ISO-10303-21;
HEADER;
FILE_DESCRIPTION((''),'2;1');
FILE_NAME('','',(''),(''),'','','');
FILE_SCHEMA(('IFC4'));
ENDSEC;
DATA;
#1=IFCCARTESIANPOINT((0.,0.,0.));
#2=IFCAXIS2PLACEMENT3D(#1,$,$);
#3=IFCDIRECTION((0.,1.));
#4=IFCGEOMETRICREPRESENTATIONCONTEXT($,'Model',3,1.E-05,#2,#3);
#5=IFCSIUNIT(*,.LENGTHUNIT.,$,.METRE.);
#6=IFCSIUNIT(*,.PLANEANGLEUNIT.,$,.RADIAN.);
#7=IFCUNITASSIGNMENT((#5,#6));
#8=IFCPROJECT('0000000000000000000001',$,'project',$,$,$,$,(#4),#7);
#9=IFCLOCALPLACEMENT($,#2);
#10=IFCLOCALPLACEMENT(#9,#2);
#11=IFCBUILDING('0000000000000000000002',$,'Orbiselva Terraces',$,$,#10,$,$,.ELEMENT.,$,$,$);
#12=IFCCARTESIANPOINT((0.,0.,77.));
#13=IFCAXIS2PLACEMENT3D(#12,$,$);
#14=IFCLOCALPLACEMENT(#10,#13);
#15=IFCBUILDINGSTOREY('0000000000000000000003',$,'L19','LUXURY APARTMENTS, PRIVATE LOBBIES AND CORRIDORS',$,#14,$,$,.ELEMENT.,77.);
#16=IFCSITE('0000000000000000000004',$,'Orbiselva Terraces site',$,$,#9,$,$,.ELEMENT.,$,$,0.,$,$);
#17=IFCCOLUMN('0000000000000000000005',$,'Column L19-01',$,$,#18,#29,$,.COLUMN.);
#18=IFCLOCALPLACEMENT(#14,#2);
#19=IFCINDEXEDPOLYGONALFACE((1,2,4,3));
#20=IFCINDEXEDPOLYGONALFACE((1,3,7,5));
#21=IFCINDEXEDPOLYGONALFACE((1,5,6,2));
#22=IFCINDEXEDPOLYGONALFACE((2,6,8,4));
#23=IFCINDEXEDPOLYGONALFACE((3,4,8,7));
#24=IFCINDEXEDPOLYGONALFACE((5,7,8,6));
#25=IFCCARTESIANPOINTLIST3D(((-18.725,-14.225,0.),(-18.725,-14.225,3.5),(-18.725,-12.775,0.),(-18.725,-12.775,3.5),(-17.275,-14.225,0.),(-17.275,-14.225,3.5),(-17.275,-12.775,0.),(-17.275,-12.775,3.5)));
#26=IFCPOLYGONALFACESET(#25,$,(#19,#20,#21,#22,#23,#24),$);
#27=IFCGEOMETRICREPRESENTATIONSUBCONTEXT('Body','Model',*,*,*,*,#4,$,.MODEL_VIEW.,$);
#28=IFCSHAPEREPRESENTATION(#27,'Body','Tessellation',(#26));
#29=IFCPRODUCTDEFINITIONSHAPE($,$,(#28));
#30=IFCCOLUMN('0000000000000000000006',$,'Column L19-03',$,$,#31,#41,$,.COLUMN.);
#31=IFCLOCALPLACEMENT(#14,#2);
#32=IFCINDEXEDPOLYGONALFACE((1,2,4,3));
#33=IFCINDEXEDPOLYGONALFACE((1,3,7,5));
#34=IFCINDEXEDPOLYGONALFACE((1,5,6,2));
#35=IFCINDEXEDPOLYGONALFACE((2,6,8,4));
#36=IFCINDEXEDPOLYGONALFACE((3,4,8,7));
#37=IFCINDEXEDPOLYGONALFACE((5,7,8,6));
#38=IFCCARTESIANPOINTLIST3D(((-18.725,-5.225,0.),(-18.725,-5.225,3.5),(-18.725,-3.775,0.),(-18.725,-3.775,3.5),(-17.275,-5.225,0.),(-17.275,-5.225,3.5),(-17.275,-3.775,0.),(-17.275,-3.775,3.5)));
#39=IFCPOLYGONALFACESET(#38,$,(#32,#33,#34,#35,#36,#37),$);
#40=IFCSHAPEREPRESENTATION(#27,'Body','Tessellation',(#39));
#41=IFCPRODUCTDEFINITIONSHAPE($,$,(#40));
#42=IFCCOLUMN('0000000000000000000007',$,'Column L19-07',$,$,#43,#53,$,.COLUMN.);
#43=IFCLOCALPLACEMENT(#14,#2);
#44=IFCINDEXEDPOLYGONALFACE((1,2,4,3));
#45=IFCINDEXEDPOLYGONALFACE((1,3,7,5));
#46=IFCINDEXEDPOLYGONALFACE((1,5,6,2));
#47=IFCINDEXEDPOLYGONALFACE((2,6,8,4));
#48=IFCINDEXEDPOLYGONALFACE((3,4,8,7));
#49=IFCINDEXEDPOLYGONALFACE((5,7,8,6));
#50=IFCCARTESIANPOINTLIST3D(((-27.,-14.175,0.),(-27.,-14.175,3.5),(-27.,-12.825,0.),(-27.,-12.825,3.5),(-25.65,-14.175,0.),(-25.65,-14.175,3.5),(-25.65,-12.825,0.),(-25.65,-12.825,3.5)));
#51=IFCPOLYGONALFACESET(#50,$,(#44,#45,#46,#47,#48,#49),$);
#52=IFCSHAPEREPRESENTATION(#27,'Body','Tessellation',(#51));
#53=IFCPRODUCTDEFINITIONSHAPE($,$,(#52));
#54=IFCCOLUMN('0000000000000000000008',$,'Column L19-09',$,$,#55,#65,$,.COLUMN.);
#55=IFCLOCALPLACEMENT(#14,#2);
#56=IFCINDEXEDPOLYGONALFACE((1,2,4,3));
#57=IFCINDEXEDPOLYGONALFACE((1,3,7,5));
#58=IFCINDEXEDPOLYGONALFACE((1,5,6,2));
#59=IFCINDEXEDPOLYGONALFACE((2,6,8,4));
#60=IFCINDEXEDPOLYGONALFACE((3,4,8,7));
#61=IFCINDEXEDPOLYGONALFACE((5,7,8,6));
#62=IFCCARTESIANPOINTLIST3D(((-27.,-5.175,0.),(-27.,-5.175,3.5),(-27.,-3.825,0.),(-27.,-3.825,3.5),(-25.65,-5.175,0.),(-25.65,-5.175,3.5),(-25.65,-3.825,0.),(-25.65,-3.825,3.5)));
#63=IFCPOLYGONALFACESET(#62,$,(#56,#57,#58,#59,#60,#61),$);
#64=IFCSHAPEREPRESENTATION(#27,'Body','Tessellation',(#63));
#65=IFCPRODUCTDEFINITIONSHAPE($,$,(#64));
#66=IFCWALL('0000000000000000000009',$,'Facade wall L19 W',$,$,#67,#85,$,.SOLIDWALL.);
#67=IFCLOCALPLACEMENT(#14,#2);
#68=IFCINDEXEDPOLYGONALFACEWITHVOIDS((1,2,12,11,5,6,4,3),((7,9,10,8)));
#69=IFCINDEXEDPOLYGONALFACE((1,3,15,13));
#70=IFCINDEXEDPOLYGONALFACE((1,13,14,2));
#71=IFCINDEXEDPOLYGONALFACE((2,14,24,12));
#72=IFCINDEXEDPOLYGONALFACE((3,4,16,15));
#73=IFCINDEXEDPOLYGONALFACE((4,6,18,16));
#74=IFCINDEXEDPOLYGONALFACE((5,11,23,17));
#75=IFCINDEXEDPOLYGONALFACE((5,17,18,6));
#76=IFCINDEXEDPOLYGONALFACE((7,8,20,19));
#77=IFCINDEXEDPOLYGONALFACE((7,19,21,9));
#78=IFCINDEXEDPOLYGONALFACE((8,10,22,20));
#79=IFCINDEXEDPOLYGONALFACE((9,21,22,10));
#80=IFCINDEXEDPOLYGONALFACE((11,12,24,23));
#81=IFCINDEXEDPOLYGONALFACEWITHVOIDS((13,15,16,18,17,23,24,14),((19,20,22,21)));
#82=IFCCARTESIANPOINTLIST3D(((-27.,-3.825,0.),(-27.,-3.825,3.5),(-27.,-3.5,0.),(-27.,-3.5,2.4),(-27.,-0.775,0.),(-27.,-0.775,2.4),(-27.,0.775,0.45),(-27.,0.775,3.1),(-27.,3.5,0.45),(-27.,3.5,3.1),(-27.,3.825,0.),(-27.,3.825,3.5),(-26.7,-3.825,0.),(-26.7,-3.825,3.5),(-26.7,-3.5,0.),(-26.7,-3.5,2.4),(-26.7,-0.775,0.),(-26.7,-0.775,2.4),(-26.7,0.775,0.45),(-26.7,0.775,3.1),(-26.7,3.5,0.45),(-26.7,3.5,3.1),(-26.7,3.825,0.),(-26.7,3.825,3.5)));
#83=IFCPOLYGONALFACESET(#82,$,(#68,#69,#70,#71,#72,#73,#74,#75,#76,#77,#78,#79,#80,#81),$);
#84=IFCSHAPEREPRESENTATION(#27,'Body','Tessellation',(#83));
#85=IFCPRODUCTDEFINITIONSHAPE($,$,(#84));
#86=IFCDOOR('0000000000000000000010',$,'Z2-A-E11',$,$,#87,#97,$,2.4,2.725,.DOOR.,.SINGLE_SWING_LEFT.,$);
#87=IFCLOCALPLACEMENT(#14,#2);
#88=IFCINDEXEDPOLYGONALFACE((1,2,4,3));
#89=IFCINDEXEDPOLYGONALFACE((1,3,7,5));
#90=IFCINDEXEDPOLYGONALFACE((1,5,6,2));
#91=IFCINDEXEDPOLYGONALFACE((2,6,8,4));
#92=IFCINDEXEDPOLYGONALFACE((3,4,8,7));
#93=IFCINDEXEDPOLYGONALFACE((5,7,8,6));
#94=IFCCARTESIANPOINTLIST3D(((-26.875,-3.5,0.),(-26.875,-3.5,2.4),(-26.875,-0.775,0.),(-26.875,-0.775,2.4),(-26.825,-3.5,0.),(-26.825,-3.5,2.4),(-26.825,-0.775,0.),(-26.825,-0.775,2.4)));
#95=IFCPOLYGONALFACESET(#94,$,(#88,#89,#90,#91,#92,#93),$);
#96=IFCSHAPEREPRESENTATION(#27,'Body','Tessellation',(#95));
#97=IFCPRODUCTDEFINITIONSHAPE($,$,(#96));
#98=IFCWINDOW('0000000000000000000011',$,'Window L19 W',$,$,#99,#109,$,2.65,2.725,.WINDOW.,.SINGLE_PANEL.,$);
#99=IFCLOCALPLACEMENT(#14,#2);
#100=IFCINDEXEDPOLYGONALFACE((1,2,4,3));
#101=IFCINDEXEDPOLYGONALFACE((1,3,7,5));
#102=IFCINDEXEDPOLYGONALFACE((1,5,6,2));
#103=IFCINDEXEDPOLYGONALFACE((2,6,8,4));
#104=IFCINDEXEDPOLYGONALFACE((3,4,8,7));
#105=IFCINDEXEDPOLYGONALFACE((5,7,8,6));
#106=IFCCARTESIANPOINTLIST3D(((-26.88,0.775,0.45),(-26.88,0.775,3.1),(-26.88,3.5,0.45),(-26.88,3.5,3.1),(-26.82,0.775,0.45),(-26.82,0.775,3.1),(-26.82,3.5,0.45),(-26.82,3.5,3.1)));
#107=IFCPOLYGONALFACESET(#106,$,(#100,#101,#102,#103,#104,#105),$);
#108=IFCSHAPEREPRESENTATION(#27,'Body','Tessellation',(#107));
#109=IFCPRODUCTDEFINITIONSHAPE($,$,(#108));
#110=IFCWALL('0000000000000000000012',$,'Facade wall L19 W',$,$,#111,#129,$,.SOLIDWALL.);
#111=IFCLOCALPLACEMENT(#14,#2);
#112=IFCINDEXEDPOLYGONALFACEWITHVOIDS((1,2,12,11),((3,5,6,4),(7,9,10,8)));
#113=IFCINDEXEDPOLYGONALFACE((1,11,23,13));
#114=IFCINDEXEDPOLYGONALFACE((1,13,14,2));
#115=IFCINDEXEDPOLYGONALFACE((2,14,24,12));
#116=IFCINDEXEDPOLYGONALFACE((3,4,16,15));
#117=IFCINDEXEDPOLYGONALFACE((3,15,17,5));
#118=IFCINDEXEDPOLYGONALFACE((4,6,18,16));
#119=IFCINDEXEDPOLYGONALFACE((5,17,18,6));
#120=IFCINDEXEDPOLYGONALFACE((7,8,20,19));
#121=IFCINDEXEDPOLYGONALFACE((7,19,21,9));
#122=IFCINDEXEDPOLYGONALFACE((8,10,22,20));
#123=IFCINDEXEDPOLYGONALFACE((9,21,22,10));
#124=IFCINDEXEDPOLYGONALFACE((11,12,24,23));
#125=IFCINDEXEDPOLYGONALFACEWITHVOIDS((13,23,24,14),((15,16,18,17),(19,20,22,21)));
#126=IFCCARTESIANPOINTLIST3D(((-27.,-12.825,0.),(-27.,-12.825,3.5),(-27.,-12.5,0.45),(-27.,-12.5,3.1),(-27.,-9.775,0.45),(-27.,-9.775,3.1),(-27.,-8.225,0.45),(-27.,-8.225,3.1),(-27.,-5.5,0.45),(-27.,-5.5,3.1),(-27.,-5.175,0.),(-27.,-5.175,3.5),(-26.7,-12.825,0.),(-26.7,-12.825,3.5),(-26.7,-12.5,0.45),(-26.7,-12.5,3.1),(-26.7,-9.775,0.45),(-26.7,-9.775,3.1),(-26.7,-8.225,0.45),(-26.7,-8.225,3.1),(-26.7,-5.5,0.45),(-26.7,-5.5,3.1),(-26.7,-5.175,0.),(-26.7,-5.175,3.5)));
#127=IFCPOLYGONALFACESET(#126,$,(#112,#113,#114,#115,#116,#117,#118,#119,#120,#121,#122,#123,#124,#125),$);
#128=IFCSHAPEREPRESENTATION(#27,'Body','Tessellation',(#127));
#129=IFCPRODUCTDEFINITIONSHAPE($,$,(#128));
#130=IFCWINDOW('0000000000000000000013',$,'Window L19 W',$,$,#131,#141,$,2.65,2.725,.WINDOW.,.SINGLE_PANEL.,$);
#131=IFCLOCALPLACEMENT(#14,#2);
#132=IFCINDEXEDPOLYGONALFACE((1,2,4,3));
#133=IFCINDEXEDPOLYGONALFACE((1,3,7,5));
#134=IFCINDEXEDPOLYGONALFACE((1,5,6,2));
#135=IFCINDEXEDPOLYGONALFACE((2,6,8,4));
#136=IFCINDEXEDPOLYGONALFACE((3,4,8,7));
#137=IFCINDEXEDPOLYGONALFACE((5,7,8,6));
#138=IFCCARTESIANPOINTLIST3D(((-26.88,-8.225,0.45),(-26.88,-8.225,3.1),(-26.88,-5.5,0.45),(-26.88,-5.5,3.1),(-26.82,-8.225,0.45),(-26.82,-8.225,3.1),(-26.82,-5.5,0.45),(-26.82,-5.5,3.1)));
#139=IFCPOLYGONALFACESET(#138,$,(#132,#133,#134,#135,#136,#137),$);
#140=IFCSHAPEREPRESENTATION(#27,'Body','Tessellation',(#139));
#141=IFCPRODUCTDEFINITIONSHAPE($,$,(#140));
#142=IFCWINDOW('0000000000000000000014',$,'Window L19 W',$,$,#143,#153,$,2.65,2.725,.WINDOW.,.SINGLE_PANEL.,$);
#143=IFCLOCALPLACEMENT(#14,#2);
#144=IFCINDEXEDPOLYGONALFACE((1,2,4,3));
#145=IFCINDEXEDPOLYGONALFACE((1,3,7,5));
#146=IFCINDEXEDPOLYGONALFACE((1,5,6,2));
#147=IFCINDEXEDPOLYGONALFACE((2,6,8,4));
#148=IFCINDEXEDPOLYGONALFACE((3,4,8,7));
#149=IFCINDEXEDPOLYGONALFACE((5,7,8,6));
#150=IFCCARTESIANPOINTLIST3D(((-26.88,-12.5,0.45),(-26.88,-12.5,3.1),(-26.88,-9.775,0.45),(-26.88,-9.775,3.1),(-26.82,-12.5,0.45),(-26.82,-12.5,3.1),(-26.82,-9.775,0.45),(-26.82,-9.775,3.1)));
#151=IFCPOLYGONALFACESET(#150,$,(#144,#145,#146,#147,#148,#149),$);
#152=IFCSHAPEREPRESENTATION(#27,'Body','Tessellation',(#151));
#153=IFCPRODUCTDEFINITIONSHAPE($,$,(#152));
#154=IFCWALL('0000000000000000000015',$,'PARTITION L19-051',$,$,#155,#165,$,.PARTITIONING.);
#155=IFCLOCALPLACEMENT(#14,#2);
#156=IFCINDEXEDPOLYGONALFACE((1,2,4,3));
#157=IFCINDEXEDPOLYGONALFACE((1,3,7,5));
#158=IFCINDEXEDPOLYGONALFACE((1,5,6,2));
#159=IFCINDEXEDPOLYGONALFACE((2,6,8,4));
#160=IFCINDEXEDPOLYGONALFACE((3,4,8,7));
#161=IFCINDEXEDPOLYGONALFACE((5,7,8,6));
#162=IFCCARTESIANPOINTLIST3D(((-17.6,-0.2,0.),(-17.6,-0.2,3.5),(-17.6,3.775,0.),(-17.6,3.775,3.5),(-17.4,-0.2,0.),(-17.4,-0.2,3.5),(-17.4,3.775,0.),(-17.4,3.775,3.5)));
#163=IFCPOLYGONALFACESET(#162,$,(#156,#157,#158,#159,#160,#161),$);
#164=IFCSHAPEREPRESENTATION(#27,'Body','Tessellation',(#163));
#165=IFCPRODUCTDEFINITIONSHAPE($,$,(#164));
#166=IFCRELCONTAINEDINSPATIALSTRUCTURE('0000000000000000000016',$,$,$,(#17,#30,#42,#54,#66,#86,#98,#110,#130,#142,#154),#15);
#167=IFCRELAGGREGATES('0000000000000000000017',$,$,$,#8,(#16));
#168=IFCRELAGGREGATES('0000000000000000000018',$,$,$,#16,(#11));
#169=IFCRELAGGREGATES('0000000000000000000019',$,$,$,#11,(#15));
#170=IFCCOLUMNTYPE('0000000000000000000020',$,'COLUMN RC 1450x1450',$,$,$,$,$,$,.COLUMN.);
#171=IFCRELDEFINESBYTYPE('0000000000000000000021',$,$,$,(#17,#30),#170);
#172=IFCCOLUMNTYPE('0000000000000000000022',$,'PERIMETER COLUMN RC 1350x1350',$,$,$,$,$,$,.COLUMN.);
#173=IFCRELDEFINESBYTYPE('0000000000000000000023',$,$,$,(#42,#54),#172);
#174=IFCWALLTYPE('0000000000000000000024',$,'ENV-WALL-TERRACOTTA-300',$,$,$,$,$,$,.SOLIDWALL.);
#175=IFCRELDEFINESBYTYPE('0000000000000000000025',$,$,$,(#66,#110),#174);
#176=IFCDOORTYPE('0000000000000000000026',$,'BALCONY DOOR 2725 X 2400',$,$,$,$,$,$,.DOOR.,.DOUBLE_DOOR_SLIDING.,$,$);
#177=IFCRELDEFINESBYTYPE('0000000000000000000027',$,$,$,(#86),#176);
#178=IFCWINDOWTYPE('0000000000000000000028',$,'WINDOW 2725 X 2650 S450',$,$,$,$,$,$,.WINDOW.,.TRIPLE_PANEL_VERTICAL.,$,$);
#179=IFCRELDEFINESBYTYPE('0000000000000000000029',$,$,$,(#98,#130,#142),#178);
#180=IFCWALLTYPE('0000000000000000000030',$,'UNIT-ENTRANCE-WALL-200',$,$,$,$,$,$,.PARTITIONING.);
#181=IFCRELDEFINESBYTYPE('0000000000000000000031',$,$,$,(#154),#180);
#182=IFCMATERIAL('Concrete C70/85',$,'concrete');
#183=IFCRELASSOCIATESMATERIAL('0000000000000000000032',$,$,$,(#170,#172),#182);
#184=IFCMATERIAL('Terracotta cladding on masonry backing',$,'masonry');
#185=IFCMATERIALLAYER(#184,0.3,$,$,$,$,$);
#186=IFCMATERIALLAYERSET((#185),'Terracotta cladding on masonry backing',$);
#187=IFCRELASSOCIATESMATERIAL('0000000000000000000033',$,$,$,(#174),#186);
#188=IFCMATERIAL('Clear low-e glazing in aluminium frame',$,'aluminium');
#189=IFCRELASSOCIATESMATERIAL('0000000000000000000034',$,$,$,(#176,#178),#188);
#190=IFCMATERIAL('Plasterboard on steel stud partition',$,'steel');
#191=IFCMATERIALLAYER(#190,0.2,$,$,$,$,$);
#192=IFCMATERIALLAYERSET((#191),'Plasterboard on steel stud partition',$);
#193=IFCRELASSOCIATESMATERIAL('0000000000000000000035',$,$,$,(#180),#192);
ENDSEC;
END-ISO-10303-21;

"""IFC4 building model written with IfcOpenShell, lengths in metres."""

from ifc_helpers import new_model, si_unit, direction, frame, frame_2d, origin, origin_2d, place, context, subcontext, project, spatial, rectangle, extrude, material, layer, layer_set, material_profile, profile_set, type_object, element, fill, save


model = new_model("IFC4")

# Units and contexts
model_context = context("Model", 3, precision=1e-05, world=origin(), true_north=direction((0.0, 1.0)))
body_context = subcontext(model_context, "Body", "Model", "MODEL_VIEW")
ifc_project = project(units=[si_unit("LENGTHUNIT", "METRE"), si_unit("PLANEANGLEUNIT", "RADIAN")], contexts=[model_context])

# Site, building, storey
site_placement = place(None, origin())
site = spatial("IfcSite", under=ifc_project, at=site_placement, Name="Orbiselva Terraces site", CompositionType="ELEMENT", RefElevation=0.0)
building_placement = place(site_placement, origin())
building = spatial("IfcBuilding", under=site, at=building_placement, Name="Orbiselva Terraces", CompositionType="ELEMENT")
storey_placement = place(building_placement, frame((0.0, 0.0, 77.0)))
storey = spatial("IfcBuildingStorey", under=building, at=storey_placement, Name="L19", Description="LUXURY APARTMENTS, PRIVATE LOBBIES AND CORRIDORS", CompositionType="ELEMENT", Elevation=77.0)

# Columns
ifc_material_1 = material(Name="Concrete C70/85", Category="concrete")
ifc_material_profile_1 = material_profile(ifc_material_1, rectangle(XDim=1.45, YDim=1.45, at=origin_2d()), Name="RC 1450x1450")
ifc_profile_set_1 = profile_set([ifc_material_profile_1], Name="Concrete C70/85")
column_type_1 = type_object("IfcColumnType", Name="COLUMN RC 1450x1450", PredefinedType="COLUMN", material=ifc_profile_set_1)
for number, where, z_axis, x_axis, name in (
    (1, (-18.0, -13.5, 0.0), (0.0, 0.0, 1.0), (1.0, 0.0, 0.0), "Column L19-01"),
    (2, (-18.0, -4.5, 0.0), (0.0, 0.0, 1.0), (1.0, 0.0, 0.0), "Column L19-03"),
):
    element("IfcColumn", number, at=place(storey_placement, frame(where, z_axis=z_axis, x_axis=x_axis)), inside=storey, type_object=column_type_1, Name=name, PredefinedType="COLUMN", context=body_context, shape_type="SweptSolid", body=[
        extrude(rectangle(XDim=1.45, YDim=1.45, at=origin_2d()), origin(), (0.0, 0.0, 1.0), 3.5),
    ])
ifc_material_profile_2 = material_profile(ifc_material_1, rectangle(XDim=1.35, YDim=1.35, at=origin_2d()), Name="RC 1350x1350")
ifc_profile_set_2 = profile_set([ifc_material_profile_2], Name="Concrete C70/85")
column_type_2 = type_object("IfcColumnType", Name="PERIMETER COLUMN RC 1350x1350", PredefinedType="COLUMN", material=ifc_profile_set_2)
for number, where, z_axis, x_axis, name in (
    (3, (-26.325, -13.5, 0.0), (0.0, 0.0, 1.0), (1.0, 0.0, 0.0), "Column L19-07"),
    (4, (-26.325, -4.5, 0.0), (0.0, 0.0, 1.0), (1.0, 0.0, 0.0), "Column L19-09"),
):
    element("IfcColumn", number, at=place(storey_placement, frame(where, z_axis=z_axis, x_axis=x_axis)), inside=storey, type_object=column_type_2, Name=name, PredefinedType="COLUMN", context=body_context, shape_type="SweptSolid", body=[
        extrude(rectangle(XDim=1.35, YDim=1.35, at=origin_2d()), origin(), (0.0, 0.0, 1.0), 3.5),
    ])

# Wall, openings, door, window
ifc_material_2 = material(Name="Terracotta cladding on masonry backing", Category="masonry")
ifc_layer_1 = layer(ifc_material_2, 0.3)
ifc_layer_set_1 = layer_set([ifc_layer_1], Name="Terracotta cladding on masonry backing")
wall_type_1 = type_object("IfcWallType", Name="ENV-WALL-TERRACOTTA-300", PredefinedType="SOLIDWALL", material=ifc_layer_set_1)
wall_1_placement = place(storey_placement, frame((-26.85, -3.825, 0.0), z_axis=(0.0, 0.0, 1.0), x_axis=(0.0, 1.0, 0.0)))
wall_1 = element("IfcWall", 5, at=wall_1_placement, inside=storey, type_object=wall_type_1, Name="Facade wall L19 W", PredefinedType="SOLIDWALL", context=body_context, shape_type="SweptSolid", body=[
    extrude(rectangle(XDim=7.65, YDim=0.3, at=frame_2d((3.825, 0.0))), origin(), (0.0, 0.0, 1.0), 3.5),
])
opening_1_placement = place(wall_1_placement, frame((4.6, 0.0, 0.45)))
opening_1 = element("IfcOpeningElement", 6, at=opening_1_placement, cuts=wall_1, PredefinedType="OPENING", context=body_context, shape_type="SweptSolid", body=[
    extrude(rectangle(XDim=2.725, YDim=2.65, at=frame_2d((1.3625, 1.325))), frame((0.0, 0.16, 0.0), z_axis=(0.0, -1.0, 0.0), x_axis=(1.0, 0.0, 0.0)), (0.0, 0.0, 1.0), 0.32),
])
opening_2_placement = place(wall_1_placement, frame((0.325, 0.0, 0.0)))
opening_2 = element("IfcOpeningElement", 7, at=opening_2_placement, cuts=wall_1, PredefinedType="OPENING", context=body_context, shape_type="SweptSolid", body=[
    extrude(rectangle(XDim=2.725, YDim=2.4, at=frame_2d((1.3625, 1.2))), frame((0.0, 0.16, 0.0), z_axis=(0.0, -1.0, 0.0), x_axis=(1.0, 0.0, 0.0)), (0.0, 0.0, 1.0), 0.32),
])
ifc_material_3 = material(Name="Clear low-e glazing in aluminium frame", Category="aluminium")
door_type_1 = type_object("IfcDoorType", Name="BALCONY DOOR 2725 X 2400", OperationType="DOUBLE_DOOR_SLIDING", PredefinedType="DOOR", material=ifc_material_3)
door_1_placement = place(opening_2_placement, origin())
door_1 = element("IfcDoor", 8, at=door_1_placement, inside=storey, type_object=door_type_1, Name="Z2-A-E11", OperationType="SINGLE_SWING_LEFT", OverallHeight=2.4, OverallWidth=2.725, PredefinedType="DOOR", context=body_context, shape_type="SweptSolid", body=[
    extrude(rectangle(XDim=2.725, YDim=2.4, at=frame_2d((1.3625, 1.2))), frame((0.0, 0.025, 0.0), z_axis=(0.0, -1.0, 0.0), x_axis=(1.0, 0.0, 0.0)), (0.0, 0.0, 1.0), 0.05),
])
fill(opening_2, door_1)
window_type = type_object("IfcWindowType", Name="WINDOW 2725 X 2650 S450", PartitioningType="TRIPLE_PANEL_VERTICAL", PredefinedType="WINDOW", material=ifc_material_3)
window_1_placement = place(opening_1_placement, origin())
window_1 = element("IfcWindow", 9, at=window_1_placement, inside=storey, type_object=window_type, Name="Window L19 W", OverallHeight=2.65, OverallWidth=2.725, PartitioningType="SINGLE_PANEL", PredefinedType="WINDOW", context=body_context, shape_type="SweptSolid", body=[
    extrude(rectangle(XDim=2.725, YDim=2.65, at=frame_2d((1.3625, 1.325))), frame((0.0, 0.03, 0.0), z_axis=(0.0, -1.0, 0.0), x_axis=(1.0, 0.0, 0.0)), (0.0, 0.0, 1.0), 0.06),
])
fill(opening_1, window_1)

# Wall, openings, windows
wall_2_placement = place(storey_placement, frame((-26.85, -12.825, 0.0), z_axis=(0.0, 0.0, 1.0), x_axis=(0.0, 1.0, 0.0)))
wall_2 = element("IfcWall", 10, at=wall_2_placement, inside=storey, type_object=wall_type_1, Name="Facade wall L19 W", PredefinedType="SOLIDWALL", context=body_context, shape_type="SweptSolid", body=[
    extrude(rectangle(XDim=7.65, YDim=0.3, at=frame_2d((3.825, 0.0))), origin(), (0.0, 0.0, 1.0), 3.5),
])
opening_3_placement = place(wall_2_placement, frame((4.6, 0.0, 0.45)))
opening_3 = element("IfcOpeningElement", 11, at=opening_3_placement, cuts=wall_2, PredefinedType="OPENING", context=body_context, shape_type="SweptSolid", body=[
    extrude(rectangle(XDim=2.725, YDim=2.65, at=frame_2d((1.3625, 1.325))), frame((0.0, 0.16, 0.0), z_axis=(0.0, -1.0, 0.0), x_axis=(1.0, 0.0, 0.0)), (0.0, 0.0, 1.0), 0.32),
])
opening_4_placement = place(wall_2_placement, frame((0.325, 0.0, 0.45)))
opening_4 = element("IfcOpeningElement", 12, at=opening_4_placement, cuts=wall_2, PredefinedType="OPENING", context=body_context, shape_type="SweptSolid", body=[
    extrude(rectangle(XDim=2.725, YDim=2.65, at=frame_2d((1.3625, 1.325))), frame((0.0, 0.16, 0.0), z_axis=(0.0, -1.0, 0.0), x_axis=(1.0, 0.0, 0.0)), (0.0, 0.0, 1.0), 0.32),
])
window_2_placement = place(opening_3_placement, origin())
window_2 = element("IfcWindow", 13, at=window_2_placement, inside=storey, type_object=window_type, Name="Window L19 W", OverallHeight=2.65, OverallWidth=2.725, PartitioningType="SINGLE_PANEL", PredefinedType="WINDOW", context=body_context, shape_type="SweptSolid", body=[
    extrude(rectangle(XDim=2.725, YDim=2.65, at=frame_2d((1.3625, 1.325))), frame((0.0, 0.03, 0.0), z_axis=(0.0, -1.0, 0.0), x_axis=(1.0, 0.0, 0.0)), (0.0, 0.0, 1.0), 0.06),
])
fill(opening_3, window_2)
window_3_placement = place(opening_4_placement, origin())
window_3 = element("IfcWindow", 14, at=window_3_placement, inside=storey, type_object=window_type, Name="Window L19 W", OverallHeight=2.65, OverallWidth=2.725, PartitioningType="SINGLE_PANEL", PredefinedType="WINDOW", context=body_context, shape_type="SweptSolid", body=[
    extrude(rectangle(XDim=2.725, YDim=2.65, at=frame_2d((1.3625, 1.325))), frame((0.0, 0.03, 0.0), z_axis=(0.0, -1.0, 0.0), x_axis=(1.0, 0.0, 0.0)), (0.0, 0.0, 1.0), 0.06),
])
fill(opening_4, window_3)

# Wall
ifc_material_4 = material(Name="Plasterboard on steel stud partition", Category="steel")
ifc_layer_2 = layer(ifc_material_4, 0.2)
ifc_layer_set_2 = layer_set([ifc_layer_2], Name="Plasterboard on steel stud partition")
wall_type_2 = type_object("IfcWallType", Name="UNIT-ENTRANCE-WALL-200", PredefinedType="PARTITIONING", material=ifc_layer_set_2)
wall_3_placement = place(storey_placement, frame((-17.5, -0.2, 0.0), z_axis=(0.0, 0.0, 1.0), x_axis=(0.0, 1.0, 0.0)))
element("IfcWall", 15, at=wall_3_placement, inside=storey, type_object=wall_type_2, Name="PARTITION L19-051", PredefinedType="PARTITIONING", context=body_context, shape_type="SweptSolid", body=[
    extrude(rectangle(XDim=3.975, YDim=0.2, at=frame_2d((1.9875, 0.0))), origin(), (0.0, 0.0, 1.0), 3.5),
])

save(model, "model.ifc")
